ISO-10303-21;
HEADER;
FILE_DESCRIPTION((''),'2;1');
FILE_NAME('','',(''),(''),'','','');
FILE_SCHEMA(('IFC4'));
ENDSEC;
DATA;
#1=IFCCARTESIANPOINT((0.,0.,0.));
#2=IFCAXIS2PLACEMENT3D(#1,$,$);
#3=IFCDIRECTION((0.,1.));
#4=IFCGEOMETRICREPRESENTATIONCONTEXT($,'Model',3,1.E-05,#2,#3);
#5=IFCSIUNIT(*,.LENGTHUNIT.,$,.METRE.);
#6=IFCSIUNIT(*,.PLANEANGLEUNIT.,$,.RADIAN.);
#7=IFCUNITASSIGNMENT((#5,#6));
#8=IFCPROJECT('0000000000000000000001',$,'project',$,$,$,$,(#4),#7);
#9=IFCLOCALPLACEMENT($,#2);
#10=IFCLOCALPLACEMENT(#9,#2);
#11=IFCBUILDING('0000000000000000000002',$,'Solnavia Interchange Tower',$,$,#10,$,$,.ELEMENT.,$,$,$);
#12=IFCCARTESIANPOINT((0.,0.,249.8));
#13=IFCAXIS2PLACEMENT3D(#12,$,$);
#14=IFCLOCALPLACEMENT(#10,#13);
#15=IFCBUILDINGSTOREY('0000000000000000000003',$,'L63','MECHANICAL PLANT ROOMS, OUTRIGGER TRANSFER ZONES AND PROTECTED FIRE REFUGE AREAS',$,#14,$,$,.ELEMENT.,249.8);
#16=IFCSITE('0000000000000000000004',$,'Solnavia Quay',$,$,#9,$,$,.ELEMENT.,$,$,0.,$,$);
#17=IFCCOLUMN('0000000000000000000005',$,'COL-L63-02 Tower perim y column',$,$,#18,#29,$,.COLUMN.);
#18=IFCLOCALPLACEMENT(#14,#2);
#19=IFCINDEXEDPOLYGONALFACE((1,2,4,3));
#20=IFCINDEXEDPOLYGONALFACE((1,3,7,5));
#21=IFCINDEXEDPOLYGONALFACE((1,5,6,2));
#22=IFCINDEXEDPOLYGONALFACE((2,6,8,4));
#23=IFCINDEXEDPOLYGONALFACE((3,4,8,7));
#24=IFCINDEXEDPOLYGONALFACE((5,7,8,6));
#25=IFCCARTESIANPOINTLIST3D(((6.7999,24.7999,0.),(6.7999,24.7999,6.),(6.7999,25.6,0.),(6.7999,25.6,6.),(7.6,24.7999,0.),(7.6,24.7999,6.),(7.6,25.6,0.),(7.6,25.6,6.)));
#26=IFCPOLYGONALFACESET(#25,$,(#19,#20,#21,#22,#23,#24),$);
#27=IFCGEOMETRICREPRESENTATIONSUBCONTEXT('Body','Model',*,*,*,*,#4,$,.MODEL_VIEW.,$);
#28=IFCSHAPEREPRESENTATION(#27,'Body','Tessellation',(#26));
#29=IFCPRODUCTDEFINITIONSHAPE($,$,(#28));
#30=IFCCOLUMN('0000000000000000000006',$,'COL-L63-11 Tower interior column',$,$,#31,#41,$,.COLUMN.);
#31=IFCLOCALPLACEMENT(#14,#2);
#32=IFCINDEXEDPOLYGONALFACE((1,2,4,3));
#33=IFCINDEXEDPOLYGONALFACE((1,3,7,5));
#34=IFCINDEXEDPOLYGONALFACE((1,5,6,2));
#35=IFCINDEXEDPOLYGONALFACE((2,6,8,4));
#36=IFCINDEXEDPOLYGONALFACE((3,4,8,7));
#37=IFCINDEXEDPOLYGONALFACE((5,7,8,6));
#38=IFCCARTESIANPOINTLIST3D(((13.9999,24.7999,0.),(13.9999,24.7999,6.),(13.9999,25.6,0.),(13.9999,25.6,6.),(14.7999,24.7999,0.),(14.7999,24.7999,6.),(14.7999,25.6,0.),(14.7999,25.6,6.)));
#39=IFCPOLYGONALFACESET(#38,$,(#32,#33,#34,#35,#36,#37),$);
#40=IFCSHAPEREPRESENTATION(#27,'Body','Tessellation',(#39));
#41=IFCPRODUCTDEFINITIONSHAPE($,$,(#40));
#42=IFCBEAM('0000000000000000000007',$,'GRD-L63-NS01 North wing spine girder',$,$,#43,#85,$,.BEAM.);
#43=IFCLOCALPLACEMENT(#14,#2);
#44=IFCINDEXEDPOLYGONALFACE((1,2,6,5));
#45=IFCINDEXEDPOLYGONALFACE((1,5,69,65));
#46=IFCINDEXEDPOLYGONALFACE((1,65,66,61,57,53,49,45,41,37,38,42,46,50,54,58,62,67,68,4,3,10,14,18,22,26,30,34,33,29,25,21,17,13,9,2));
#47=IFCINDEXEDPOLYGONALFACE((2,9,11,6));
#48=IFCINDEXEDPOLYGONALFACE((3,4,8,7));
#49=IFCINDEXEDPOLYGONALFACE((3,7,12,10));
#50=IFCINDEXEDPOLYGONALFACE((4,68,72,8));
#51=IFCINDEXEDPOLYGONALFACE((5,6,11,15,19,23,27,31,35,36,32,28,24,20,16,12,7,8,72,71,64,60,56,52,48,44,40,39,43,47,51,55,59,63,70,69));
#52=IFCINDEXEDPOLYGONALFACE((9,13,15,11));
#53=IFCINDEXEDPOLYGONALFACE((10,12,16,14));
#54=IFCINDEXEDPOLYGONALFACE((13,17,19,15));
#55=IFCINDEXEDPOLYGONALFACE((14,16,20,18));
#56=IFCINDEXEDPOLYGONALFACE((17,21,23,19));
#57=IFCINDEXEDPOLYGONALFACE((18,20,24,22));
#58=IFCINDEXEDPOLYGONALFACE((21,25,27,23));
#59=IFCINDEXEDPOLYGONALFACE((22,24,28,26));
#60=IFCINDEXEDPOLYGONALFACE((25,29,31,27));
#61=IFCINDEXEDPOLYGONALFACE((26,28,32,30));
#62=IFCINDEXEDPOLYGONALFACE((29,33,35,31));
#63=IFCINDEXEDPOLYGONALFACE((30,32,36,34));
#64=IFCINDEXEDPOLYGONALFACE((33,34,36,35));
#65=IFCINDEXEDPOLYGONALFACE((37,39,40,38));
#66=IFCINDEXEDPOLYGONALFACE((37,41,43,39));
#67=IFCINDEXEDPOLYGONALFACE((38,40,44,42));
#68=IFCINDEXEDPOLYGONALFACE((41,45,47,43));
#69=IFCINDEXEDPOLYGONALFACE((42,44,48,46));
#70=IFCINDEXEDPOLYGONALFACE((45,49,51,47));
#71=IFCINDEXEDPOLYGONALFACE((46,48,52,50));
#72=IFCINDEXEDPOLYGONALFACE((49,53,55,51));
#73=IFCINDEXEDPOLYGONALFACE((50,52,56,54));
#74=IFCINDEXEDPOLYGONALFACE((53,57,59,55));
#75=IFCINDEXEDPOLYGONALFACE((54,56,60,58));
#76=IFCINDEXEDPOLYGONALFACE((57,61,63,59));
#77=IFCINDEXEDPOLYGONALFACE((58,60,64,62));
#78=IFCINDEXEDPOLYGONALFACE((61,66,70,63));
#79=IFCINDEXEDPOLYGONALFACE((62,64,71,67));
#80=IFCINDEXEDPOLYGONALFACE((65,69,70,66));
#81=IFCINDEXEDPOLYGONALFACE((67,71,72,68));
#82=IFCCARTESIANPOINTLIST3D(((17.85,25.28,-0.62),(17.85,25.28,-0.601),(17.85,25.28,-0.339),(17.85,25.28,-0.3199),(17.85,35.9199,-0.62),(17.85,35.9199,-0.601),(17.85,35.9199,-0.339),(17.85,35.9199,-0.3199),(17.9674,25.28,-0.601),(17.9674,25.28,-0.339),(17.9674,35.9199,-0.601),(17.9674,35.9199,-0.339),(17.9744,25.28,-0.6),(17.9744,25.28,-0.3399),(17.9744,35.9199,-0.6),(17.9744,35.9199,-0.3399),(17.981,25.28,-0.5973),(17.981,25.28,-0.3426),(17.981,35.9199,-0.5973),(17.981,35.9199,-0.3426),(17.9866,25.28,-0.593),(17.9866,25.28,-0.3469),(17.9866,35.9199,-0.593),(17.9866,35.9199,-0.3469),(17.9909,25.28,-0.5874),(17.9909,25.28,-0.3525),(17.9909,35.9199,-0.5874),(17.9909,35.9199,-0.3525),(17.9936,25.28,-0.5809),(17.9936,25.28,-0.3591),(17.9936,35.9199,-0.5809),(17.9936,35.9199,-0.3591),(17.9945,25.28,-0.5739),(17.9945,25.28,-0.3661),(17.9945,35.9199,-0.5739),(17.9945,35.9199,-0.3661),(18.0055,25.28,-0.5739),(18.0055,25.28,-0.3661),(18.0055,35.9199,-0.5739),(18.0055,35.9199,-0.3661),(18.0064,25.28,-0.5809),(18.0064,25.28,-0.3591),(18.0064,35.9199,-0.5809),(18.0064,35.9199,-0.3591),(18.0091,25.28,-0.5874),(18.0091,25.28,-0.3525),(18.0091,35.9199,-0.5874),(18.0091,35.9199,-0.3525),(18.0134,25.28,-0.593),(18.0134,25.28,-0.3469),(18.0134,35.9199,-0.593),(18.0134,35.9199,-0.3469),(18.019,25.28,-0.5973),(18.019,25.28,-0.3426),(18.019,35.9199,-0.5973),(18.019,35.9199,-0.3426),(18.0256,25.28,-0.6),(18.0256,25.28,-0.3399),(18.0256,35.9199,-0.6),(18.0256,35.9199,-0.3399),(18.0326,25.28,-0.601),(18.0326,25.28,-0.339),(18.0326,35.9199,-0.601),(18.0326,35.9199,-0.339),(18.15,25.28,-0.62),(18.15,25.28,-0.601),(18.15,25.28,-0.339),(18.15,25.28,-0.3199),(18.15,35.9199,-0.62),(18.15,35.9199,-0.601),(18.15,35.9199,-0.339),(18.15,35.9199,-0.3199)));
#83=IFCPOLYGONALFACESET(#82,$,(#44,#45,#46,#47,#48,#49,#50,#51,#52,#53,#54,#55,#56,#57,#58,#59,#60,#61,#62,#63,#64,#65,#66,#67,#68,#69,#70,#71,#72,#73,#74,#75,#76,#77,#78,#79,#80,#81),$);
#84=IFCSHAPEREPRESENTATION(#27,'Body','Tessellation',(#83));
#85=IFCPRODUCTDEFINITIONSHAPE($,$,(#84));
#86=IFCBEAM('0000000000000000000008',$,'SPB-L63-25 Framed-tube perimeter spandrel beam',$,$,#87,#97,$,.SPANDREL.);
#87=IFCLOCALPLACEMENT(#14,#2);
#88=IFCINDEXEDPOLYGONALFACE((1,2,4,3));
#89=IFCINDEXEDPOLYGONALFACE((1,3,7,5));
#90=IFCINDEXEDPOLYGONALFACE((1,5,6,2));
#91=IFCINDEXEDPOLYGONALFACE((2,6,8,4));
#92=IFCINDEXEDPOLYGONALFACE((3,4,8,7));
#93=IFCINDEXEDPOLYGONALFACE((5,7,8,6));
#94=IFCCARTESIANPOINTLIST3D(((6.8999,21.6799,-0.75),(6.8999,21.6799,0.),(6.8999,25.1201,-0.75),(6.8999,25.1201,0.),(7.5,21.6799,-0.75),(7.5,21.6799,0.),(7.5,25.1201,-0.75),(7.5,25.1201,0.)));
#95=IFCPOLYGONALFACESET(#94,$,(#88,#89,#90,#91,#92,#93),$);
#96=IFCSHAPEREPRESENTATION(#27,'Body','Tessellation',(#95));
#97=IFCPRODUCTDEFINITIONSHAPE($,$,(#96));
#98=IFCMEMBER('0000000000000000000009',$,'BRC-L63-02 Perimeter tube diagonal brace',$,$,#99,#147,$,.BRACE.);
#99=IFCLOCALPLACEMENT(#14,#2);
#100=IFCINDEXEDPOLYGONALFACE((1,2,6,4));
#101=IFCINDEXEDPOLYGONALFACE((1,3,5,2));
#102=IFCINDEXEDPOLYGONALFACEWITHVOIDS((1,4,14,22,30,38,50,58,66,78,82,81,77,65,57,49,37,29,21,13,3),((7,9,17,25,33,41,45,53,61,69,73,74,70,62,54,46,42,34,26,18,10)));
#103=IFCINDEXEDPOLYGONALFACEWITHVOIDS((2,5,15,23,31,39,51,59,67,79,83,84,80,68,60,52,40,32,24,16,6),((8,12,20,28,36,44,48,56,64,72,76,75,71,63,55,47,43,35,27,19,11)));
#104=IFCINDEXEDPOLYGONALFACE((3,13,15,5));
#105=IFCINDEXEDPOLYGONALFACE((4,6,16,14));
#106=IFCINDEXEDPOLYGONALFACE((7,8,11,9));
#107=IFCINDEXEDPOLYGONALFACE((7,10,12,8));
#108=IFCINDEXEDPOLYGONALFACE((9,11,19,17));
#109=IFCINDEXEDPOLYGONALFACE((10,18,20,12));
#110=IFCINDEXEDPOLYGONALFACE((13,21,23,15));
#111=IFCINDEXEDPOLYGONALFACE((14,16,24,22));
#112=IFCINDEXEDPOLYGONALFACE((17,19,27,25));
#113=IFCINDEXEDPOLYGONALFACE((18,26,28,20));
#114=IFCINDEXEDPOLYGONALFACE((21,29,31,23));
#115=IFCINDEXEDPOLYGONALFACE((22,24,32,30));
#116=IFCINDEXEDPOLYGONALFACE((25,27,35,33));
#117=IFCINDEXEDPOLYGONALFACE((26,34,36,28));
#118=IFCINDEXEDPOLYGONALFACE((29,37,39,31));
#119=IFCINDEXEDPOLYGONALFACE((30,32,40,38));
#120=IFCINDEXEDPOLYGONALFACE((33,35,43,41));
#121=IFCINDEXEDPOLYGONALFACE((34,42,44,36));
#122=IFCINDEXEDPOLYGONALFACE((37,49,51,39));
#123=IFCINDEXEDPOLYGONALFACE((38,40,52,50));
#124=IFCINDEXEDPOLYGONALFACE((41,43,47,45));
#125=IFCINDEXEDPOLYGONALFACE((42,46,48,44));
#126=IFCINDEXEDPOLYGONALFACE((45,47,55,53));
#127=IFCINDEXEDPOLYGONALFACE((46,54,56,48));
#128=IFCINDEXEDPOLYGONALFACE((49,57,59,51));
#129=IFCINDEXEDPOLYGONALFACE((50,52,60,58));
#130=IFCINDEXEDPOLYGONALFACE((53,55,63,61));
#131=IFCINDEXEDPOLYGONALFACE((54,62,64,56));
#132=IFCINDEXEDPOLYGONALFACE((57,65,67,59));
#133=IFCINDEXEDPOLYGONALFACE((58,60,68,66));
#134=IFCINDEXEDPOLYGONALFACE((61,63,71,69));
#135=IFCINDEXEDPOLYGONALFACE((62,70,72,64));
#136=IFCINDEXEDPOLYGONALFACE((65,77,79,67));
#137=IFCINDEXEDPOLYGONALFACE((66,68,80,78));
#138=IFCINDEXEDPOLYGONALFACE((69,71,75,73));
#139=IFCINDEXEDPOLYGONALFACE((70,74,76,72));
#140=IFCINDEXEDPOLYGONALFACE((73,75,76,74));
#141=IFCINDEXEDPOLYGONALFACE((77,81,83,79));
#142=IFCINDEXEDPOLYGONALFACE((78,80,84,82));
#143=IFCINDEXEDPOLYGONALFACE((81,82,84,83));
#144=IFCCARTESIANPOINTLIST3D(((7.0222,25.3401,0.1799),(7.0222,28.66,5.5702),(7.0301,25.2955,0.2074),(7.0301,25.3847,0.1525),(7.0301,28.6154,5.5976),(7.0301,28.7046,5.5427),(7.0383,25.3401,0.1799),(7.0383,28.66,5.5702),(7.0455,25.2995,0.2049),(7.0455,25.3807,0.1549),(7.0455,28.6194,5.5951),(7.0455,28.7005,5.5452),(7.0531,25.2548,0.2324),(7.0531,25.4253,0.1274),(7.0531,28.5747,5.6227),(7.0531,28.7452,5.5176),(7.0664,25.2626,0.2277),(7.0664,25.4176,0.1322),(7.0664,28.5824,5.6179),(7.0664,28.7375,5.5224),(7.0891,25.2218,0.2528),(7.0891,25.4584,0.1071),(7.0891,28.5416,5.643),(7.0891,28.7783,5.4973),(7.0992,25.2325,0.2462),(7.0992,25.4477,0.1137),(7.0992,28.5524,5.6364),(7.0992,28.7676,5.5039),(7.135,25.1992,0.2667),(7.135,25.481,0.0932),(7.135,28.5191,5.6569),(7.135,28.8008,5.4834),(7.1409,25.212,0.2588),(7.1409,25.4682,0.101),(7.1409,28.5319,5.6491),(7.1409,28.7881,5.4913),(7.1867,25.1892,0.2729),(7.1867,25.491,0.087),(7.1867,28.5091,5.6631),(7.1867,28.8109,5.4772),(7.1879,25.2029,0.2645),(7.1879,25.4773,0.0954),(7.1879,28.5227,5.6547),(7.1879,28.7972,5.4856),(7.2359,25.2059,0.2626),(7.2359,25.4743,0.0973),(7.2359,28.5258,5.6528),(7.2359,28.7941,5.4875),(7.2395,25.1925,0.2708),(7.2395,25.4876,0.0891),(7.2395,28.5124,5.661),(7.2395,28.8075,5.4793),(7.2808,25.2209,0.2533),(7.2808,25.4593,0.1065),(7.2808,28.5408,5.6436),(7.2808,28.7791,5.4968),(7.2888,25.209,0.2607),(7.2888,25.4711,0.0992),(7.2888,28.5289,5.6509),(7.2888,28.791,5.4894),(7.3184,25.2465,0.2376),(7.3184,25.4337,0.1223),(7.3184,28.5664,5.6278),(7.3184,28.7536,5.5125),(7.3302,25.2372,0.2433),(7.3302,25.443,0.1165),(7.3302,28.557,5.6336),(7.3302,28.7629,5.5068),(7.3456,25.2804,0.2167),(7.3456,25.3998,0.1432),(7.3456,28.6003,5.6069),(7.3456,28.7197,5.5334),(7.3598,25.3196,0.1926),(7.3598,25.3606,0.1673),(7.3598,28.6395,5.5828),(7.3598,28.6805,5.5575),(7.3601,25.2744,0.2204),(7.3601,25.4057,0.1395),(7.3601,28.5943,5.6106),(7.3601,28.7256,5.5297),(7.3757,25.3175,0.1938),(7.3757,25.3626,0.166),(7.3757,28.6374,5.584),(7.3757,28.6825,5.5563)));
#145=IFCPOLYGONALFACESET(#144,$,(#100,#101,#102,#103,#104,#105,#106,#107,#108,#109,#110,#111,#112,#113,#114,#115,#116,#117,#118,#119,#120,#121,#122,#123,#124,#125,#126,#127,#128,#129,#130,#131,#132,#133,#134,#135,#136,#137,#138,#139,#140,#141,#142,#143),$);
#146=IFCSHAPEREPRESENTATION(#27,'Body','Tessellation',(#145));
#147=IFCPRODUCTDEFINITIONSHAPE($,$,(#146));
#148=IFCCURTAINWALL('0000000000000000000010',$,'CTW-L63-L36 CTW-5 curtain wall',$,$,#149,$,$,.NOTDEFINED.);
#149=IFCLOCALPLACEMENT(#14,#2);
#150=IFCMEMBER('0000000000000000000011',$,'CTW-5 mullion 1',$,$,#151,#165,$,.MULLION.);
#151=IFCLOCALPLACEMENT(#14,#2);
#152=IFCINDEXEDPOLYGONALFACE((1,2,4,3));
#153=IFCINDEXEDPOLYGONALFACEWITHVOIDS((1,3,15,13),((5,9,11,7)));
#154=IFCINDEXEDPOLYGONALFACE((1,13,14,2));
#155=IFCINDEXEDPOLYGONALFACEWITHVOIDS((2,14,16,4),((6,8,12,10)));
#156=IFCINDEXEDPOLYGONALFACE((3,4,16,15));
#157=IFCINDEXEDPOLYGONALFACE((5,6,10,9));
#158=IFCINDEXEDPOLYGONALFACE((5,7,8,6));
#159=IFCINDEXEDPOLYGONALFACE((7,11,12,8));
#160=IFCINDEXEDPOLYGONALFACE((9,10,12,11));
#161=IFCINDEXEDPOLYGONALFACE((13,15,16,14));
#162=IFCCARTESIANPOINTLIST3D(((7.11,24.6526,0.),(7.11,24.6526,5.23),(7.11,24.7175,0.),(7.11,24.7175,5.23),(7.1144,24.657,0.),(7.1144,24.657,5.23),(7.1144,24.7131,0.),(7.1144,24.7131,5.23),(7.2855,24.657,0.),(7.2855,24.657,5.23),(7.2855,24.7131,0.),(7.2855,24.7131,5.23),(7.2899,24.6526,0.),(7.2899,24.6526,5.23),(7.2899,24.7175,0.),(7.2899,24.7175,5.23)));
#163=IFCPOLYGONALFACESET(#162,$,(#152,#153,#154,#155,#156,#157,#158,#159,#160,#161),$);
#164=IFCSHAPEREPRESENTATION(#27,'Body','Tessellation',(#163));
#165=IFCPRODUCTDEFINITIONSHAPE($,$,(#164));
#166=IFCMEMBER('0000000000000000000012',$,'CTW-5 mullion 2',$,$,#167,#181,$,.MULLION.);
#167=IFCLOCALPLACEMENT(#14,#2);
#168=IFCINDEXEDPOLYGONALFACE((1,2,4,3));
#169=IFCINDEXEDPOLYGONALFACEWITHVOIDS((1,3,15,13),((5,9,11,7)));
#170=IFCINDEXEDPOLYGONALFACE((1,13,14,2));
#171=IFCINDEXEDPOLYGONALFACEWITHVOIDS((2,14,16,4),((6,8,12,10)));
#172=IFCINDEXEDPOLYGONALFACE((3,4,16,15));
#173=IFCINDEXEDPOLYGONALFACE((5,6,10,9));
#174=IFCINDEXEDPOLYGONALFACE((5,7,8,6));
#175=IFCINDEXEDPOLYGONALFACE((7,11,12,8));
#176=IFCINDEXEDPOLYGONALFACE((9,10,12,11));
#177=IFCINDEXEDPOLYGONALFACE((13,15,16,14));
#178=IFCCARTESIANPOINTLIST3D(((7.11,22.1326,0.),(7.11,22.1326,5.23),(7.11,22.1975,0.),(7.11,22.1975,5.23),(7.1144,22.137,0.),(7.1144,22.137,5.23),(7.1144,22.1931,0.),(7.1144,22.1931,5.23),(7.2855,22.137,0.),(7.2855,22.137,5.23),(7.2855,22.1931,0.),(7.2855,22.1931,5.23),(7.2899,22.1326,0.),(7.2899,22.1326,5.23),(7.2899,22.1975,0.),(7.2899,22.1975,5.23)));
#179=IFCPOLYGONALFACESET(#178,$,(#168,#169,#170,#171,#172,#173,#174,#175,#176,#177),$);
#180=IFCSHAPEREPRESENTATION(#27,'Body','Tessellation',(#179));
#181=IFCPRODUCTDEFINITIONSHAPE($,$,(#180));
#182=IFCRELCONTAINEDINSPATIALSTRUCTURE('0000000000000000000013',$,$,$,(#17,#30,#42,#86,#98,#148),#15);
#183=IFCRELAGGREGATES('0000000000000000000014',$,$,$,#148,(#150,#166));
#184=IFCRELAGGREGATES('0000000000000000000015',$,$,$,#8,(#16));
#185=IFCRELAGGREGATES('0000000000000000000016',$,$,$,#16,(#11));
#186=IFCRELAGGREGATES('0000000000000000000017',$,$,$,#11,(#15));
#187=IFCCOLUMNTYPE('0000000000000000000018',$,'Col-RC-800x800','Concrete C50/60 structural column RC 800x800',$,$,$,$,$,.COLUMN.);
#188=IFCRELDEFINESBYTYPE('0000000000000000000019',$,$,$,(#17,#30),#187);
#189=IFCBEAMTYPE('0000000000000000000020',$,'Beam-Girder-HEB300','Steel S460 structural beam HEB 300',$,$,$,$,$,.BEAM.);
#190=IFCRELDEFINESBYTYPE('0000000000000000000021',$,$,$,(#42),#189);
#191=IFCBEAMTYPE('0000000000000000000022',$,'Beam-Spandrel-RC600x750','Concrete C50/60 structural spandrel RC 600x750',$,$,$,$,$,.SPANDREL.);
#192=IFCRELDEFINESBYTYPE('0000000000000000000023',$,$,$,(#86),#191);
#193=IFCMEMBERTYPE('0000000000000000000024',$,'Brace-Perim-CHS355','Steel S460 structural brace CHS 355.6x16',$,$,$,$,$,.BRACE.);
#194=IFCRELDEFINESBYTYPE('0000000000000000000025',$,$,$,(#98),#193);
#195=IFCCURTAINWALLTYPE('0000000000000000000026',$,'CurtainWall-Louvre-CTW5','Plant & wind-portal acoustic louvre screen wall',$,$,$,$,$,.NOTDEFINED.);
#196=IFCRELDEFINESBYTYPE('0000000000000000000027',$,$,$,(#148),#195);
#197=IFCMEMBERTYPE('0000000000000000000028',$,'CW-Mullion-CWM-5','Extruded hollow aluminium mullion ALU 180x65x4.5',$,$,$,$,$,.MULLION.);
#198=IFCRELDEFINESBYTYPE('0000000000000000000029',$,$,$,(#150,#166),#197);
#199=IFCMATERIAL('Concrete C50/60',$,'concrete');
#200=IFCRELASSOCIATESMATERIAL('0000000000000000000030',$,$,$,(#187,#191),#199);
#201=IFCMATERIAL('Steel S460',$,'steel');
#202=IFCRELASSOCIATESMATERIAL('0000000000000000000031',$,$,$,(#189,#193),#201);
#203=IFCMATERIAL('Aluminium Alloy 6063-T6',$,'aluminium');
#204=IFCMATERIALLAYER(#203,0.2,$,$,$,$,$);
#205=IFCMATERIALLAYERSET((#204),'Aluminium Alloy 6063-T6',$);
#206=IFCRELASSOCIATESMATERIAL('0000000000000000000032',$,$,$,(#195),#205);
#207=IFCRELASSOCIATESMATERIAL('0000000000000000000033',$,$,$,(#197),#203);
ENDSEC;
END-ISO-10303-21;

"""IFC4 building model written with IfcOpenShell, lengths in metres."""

from ifc_helpers import new_model, si_unit, direction, frame, origin, origin_2d, place, context, subcontext, project, spatial, rectangle, hollow_rectangle, hollow_circle, i_section, extrude, material, layer, layer_set, material_profile, profile_set, type_object, element, aggregate, save


model = new_model("IFC4")

# Units and contexts
model_context = context("Model", 3, precision=1e-05, world=origin(), true_north=direction((0.0, 1.0)))
body_context = subcontext(model_context, "Body", "Model", "MODEL_VIEW")
ifc_project = project(units=[si_unit("LENGTHUNIT", "METRE"), si_unit("PLANEANGLEUNIT", "RADIAN")], contexts=[model_context])

# Site, building, storey
site_placement = place(None, origin())
site = spatial("IfcSite", under=ifc_project, at=site_placement, Name="Solnavia Quay", CompositionType="ELEMENT", RefElevation=0.0)
building_placement = place(site_placement, origin())
building = spatial("IfcBuilding", under=site, at=building_placement, Name="Solnavia Interchange Tower", CompositionType="ELEMENT")
storey_placement = place(building_placement, frame((0.0, 0.0, 249.8)))
storey = spatial("IfcBuildingStorey", under=building, at=storey_placement, Name="L63", Description="MECHANICAL PLANT ROOMS, OUTRIGGER TRANSFER ZONES AND PROTECTED FIRE REFUGE AREAS", CompositionType="ELEMENT", Elevation=249.8)

# Columns
ifc_material_1 = material(Name="Concrete C50/60", Category="concrete")
ifc_material_profile_1 = material_profile(ifc_material_1, rectangle(XDim=0.8, YDim=0.8, at=origin_2d()), Name="RC 800x800")
ifc_profile_set_1 = profile_set([ifc_material_profile_1], Name="Concrete C50/60")
column_type = type_object("IfcColumnType", Name="Col-RC-800x800", Description="Concrete C50/60 structural column RC 800x800", PredefinedType="COLUMN", material=ifc_profile_set_1)
for number, where, z_axis, x_axis, name in (
    (1, (7.2, 25.2, 0.0), (0.0, 0.0, 1.0), (0.0, 1.0, 0.0), "COL-L63-02 Tower perim y column"),
    (2, (14.3999, 25.2, 0.0), (0.0, 0.0, 1.0), (1.0, 0.0, 0.0), "COL-L63-11 Tower interior column"),
):
    element("IfcColumn", number, at=place(storey_placement, frame(where, z_axis=z_axis, x_axis=x_axis)), inside=storey, type_object=column_type, Name=name, PredefinedType="COLUMN", context=body_context, shape_type="SweptSolid", body=[
        extrude(rectangle(XDim=0.8, YDim=0.8, at=origin_2d()), origin(), (0.0, 0.0, 1.0), 6.0),
    ])

# Beams
ifc_material_2 = material(Name="Steel S460", Category="steel")
ifc_material_profile_2 = material_profile(ifc_material_2, i_section(OverallWidth=0.3, OverallDepth=0.3, WebThickness=0.011, FlangeThickness=0.019, FilletRadius=0.0271, at=origin_2d()), Name="HEB 300")
ifc_profile_set_2 = profile_set([ifc_material_profile_2], Name="Steel S460")
beam_type_1 = type_object("IfcBeamType", Name="Beam-Girder-HEB300", Description="Steel S460 structural beam HEB 300", PredefinedType="BEAM", material=ifc_profile_set_2)
beam_1_placement = place(storey_placement, frame((18.0, 25.28, -0.47), z_axis=(0.0, 1.0, 0.0), x_axis=(-1.0, 0.0, 0.0)))
element("IfcBeam", 3, at=beam_1_placement, inside=storey, type_object=beam_type_1, Name="GRD-L63-NS01 North wing spine girder", PredefinedType="BEAM", context=body_context, shape_type="SweptSolid", body=[
    extrude(i_section(OverallWidth=0.3, OverallDepth=0.3, WebThickness=0.011, FlangeThickness=0.019, FilletRadius=0.0271, at=origin_2d()), origin(), (0.0, 0.0, 1.0), 10.6399),
])
ifc_material_profile_3 = material_profile(ifc_material_1, rectangle(XDim=0.6001, YDim=0.75, at=origin_2d()), Name="RC 600x750")
ifc_profile_set_3 = profile_set([ifc_material_profile_3], Name="Concrete C50/60")
beam_type_2 = type_object("IfcBeamType", Name="Beam-Spandrel-RC600x750", Description="Concrete C50/60 structural spandrel RC 600x750", PredefinedType="SPANDREL", material=ifc_profile_set_3)
beam_2_placement = place(storey_placement, frame((7.2, 25.1201, -0.375), z_axis=(0.0, -1.0, 0.0), x_axis=(1.0, 0.0, 0.0)))
element("IfcBeam", 4, at=beam_2_placement, inside=storey, type_object=beam_type_2, Name="SPB-L63-25 Framed-tube perimeter spandrel beam", PredefinedType="SPANDREL", context=body_context, shape_type="SweptSolid", body=[
    extrude(rectangle(XDim=0.6001, YDim=0.75, at=origin_2d()), origin(), (0.0, 0.0, 1.0), 3.4402),
])

# Member
ifc_material_profile_4 = material_profile(ifc_material_2, hollow_circle(Radius=0.1777, WallThickness=0.0161, at=origin_2d()), Name="CHS 355.6x16")
ifc_profile_set_4 = profile_set([ifc_material_profile_4], Name="Steel S460")
member_type_1 = type_object("IfcMemberType", Name="Brace-Perim-CHS355", Description="Steel S460 structural brace CHS 355.6x16", PredefinedType="BRACE", material=ifc_profile_set_4)
member_1_placement = place(storey_placement, frame((7.2, 25.3401, 0.1799), z_axis=(0.0, 0.52442, 0.85146), x_axis=(-1.0, 0.0, 0.0)))
element("IfcMember", 5, at=member_1_placement, inside=storey, type_object=member_type_1, Name="BRC-L63-02 Perimeter tube diagonal brace", PredefinedType="BRACE", context=body_context, shape_type="SweptSolid", body=[
    extrude(hollow_circle(Radius=0.1777, WallThickness=0.0161, at=origin_2d()), origin(), (0.0, 0.0, 1.0), 6.3306),
])

# Curtain wall, members
ifc_material_3 = material(Name="Aluminium Alloy 6063-T6", Category="aluminium")
ifc_layer_1 = layer(ifc_material_3, 0.2)
ifc_layer_set_1 = layer_set([ifc_layer_1], Name="Aluminium Alloy 6063-T6")
curtain_wall_type = type_object("IfcCurtainWallType", Name="CurtainWall-Louvre-CTW5", Description="Plant & wind-portal acoustic louvre screen wall", PredefinedType="NOTDEFINED", material=ifc_layer_set_1)
curtain_wall_placement = place(storey_placement, origin())
curtain_wall = element("IfcCurtainWall", 6, at=curtain_wall_placement, inside=storey, type_object=curtain_wall_type, Name="CTW-L63-L36 CTW-5 curtain wall", PredefinedType="NOTDEFINED")
ifc_material_profile_5 = material_profile(ifc_material_3, hollow_rectangle(XDim=0.0649, YDim=0.1799, WallThickness=0.0044, at=origin_2d()), Name="ALU 180x65x4.5")
ifc_profile_set_5 = profile_set([ifc_material_profile_5], Name="Aluminium Alloy 6063-T6")
member_type_2 = type_object("IfcMemberType", Name="CW-Mullion-CWM-5", Description="Extruded hollow aluminium mullion ALU 180x65x4.5", PredefinedType="MULLION", material=ifc_profile_set_5)
member_2_placement = place(storey_placement, frame((7.2, 24.6851, 0.0), z_axis=(0.0, 0.0, 1.0), x_axis=(0.0, -1.0, 0.0)))
member_2 = element("IfcMember", 7, at=member_2_placement, type_object=member_type_2, Name="CTW-5 mullion 1", PredefinedType="MULLION", context=body_context, shape_type="SweptSolid", body=[
    extrude(hollow_rectangle(XDim=0.0649, YDim=0.1799, WallThickness=0.0044, at=origin_2d()), origin(), (0.0, 0.0, 1.0), 5.23),
])
member_3_placement = place(storey_placement, frame((7.2, 22.165, 0.0), z_axis=(0.0, 0.0, 1.0), x_axis=(0.0, -1.0, 0.0)))
member_3 = element("IfcMember", 8, at=member_3_placement, type_object=member_type_2, Name="CTW-5 mullion 2", PredefinedType="MULLION", context=body_context, shape_type="SweptSolid", body=[
    extrude(hollow_rectangle(XDim=0.0649, YDim=0.1799, WallThickness=0.0044, at=origin_2d()), origin(), (0.0, 0.0, 1.0), 5.23),
])
aggregate(curtain_wall, [member_2, member_3])

save(model, "model.ifc")
